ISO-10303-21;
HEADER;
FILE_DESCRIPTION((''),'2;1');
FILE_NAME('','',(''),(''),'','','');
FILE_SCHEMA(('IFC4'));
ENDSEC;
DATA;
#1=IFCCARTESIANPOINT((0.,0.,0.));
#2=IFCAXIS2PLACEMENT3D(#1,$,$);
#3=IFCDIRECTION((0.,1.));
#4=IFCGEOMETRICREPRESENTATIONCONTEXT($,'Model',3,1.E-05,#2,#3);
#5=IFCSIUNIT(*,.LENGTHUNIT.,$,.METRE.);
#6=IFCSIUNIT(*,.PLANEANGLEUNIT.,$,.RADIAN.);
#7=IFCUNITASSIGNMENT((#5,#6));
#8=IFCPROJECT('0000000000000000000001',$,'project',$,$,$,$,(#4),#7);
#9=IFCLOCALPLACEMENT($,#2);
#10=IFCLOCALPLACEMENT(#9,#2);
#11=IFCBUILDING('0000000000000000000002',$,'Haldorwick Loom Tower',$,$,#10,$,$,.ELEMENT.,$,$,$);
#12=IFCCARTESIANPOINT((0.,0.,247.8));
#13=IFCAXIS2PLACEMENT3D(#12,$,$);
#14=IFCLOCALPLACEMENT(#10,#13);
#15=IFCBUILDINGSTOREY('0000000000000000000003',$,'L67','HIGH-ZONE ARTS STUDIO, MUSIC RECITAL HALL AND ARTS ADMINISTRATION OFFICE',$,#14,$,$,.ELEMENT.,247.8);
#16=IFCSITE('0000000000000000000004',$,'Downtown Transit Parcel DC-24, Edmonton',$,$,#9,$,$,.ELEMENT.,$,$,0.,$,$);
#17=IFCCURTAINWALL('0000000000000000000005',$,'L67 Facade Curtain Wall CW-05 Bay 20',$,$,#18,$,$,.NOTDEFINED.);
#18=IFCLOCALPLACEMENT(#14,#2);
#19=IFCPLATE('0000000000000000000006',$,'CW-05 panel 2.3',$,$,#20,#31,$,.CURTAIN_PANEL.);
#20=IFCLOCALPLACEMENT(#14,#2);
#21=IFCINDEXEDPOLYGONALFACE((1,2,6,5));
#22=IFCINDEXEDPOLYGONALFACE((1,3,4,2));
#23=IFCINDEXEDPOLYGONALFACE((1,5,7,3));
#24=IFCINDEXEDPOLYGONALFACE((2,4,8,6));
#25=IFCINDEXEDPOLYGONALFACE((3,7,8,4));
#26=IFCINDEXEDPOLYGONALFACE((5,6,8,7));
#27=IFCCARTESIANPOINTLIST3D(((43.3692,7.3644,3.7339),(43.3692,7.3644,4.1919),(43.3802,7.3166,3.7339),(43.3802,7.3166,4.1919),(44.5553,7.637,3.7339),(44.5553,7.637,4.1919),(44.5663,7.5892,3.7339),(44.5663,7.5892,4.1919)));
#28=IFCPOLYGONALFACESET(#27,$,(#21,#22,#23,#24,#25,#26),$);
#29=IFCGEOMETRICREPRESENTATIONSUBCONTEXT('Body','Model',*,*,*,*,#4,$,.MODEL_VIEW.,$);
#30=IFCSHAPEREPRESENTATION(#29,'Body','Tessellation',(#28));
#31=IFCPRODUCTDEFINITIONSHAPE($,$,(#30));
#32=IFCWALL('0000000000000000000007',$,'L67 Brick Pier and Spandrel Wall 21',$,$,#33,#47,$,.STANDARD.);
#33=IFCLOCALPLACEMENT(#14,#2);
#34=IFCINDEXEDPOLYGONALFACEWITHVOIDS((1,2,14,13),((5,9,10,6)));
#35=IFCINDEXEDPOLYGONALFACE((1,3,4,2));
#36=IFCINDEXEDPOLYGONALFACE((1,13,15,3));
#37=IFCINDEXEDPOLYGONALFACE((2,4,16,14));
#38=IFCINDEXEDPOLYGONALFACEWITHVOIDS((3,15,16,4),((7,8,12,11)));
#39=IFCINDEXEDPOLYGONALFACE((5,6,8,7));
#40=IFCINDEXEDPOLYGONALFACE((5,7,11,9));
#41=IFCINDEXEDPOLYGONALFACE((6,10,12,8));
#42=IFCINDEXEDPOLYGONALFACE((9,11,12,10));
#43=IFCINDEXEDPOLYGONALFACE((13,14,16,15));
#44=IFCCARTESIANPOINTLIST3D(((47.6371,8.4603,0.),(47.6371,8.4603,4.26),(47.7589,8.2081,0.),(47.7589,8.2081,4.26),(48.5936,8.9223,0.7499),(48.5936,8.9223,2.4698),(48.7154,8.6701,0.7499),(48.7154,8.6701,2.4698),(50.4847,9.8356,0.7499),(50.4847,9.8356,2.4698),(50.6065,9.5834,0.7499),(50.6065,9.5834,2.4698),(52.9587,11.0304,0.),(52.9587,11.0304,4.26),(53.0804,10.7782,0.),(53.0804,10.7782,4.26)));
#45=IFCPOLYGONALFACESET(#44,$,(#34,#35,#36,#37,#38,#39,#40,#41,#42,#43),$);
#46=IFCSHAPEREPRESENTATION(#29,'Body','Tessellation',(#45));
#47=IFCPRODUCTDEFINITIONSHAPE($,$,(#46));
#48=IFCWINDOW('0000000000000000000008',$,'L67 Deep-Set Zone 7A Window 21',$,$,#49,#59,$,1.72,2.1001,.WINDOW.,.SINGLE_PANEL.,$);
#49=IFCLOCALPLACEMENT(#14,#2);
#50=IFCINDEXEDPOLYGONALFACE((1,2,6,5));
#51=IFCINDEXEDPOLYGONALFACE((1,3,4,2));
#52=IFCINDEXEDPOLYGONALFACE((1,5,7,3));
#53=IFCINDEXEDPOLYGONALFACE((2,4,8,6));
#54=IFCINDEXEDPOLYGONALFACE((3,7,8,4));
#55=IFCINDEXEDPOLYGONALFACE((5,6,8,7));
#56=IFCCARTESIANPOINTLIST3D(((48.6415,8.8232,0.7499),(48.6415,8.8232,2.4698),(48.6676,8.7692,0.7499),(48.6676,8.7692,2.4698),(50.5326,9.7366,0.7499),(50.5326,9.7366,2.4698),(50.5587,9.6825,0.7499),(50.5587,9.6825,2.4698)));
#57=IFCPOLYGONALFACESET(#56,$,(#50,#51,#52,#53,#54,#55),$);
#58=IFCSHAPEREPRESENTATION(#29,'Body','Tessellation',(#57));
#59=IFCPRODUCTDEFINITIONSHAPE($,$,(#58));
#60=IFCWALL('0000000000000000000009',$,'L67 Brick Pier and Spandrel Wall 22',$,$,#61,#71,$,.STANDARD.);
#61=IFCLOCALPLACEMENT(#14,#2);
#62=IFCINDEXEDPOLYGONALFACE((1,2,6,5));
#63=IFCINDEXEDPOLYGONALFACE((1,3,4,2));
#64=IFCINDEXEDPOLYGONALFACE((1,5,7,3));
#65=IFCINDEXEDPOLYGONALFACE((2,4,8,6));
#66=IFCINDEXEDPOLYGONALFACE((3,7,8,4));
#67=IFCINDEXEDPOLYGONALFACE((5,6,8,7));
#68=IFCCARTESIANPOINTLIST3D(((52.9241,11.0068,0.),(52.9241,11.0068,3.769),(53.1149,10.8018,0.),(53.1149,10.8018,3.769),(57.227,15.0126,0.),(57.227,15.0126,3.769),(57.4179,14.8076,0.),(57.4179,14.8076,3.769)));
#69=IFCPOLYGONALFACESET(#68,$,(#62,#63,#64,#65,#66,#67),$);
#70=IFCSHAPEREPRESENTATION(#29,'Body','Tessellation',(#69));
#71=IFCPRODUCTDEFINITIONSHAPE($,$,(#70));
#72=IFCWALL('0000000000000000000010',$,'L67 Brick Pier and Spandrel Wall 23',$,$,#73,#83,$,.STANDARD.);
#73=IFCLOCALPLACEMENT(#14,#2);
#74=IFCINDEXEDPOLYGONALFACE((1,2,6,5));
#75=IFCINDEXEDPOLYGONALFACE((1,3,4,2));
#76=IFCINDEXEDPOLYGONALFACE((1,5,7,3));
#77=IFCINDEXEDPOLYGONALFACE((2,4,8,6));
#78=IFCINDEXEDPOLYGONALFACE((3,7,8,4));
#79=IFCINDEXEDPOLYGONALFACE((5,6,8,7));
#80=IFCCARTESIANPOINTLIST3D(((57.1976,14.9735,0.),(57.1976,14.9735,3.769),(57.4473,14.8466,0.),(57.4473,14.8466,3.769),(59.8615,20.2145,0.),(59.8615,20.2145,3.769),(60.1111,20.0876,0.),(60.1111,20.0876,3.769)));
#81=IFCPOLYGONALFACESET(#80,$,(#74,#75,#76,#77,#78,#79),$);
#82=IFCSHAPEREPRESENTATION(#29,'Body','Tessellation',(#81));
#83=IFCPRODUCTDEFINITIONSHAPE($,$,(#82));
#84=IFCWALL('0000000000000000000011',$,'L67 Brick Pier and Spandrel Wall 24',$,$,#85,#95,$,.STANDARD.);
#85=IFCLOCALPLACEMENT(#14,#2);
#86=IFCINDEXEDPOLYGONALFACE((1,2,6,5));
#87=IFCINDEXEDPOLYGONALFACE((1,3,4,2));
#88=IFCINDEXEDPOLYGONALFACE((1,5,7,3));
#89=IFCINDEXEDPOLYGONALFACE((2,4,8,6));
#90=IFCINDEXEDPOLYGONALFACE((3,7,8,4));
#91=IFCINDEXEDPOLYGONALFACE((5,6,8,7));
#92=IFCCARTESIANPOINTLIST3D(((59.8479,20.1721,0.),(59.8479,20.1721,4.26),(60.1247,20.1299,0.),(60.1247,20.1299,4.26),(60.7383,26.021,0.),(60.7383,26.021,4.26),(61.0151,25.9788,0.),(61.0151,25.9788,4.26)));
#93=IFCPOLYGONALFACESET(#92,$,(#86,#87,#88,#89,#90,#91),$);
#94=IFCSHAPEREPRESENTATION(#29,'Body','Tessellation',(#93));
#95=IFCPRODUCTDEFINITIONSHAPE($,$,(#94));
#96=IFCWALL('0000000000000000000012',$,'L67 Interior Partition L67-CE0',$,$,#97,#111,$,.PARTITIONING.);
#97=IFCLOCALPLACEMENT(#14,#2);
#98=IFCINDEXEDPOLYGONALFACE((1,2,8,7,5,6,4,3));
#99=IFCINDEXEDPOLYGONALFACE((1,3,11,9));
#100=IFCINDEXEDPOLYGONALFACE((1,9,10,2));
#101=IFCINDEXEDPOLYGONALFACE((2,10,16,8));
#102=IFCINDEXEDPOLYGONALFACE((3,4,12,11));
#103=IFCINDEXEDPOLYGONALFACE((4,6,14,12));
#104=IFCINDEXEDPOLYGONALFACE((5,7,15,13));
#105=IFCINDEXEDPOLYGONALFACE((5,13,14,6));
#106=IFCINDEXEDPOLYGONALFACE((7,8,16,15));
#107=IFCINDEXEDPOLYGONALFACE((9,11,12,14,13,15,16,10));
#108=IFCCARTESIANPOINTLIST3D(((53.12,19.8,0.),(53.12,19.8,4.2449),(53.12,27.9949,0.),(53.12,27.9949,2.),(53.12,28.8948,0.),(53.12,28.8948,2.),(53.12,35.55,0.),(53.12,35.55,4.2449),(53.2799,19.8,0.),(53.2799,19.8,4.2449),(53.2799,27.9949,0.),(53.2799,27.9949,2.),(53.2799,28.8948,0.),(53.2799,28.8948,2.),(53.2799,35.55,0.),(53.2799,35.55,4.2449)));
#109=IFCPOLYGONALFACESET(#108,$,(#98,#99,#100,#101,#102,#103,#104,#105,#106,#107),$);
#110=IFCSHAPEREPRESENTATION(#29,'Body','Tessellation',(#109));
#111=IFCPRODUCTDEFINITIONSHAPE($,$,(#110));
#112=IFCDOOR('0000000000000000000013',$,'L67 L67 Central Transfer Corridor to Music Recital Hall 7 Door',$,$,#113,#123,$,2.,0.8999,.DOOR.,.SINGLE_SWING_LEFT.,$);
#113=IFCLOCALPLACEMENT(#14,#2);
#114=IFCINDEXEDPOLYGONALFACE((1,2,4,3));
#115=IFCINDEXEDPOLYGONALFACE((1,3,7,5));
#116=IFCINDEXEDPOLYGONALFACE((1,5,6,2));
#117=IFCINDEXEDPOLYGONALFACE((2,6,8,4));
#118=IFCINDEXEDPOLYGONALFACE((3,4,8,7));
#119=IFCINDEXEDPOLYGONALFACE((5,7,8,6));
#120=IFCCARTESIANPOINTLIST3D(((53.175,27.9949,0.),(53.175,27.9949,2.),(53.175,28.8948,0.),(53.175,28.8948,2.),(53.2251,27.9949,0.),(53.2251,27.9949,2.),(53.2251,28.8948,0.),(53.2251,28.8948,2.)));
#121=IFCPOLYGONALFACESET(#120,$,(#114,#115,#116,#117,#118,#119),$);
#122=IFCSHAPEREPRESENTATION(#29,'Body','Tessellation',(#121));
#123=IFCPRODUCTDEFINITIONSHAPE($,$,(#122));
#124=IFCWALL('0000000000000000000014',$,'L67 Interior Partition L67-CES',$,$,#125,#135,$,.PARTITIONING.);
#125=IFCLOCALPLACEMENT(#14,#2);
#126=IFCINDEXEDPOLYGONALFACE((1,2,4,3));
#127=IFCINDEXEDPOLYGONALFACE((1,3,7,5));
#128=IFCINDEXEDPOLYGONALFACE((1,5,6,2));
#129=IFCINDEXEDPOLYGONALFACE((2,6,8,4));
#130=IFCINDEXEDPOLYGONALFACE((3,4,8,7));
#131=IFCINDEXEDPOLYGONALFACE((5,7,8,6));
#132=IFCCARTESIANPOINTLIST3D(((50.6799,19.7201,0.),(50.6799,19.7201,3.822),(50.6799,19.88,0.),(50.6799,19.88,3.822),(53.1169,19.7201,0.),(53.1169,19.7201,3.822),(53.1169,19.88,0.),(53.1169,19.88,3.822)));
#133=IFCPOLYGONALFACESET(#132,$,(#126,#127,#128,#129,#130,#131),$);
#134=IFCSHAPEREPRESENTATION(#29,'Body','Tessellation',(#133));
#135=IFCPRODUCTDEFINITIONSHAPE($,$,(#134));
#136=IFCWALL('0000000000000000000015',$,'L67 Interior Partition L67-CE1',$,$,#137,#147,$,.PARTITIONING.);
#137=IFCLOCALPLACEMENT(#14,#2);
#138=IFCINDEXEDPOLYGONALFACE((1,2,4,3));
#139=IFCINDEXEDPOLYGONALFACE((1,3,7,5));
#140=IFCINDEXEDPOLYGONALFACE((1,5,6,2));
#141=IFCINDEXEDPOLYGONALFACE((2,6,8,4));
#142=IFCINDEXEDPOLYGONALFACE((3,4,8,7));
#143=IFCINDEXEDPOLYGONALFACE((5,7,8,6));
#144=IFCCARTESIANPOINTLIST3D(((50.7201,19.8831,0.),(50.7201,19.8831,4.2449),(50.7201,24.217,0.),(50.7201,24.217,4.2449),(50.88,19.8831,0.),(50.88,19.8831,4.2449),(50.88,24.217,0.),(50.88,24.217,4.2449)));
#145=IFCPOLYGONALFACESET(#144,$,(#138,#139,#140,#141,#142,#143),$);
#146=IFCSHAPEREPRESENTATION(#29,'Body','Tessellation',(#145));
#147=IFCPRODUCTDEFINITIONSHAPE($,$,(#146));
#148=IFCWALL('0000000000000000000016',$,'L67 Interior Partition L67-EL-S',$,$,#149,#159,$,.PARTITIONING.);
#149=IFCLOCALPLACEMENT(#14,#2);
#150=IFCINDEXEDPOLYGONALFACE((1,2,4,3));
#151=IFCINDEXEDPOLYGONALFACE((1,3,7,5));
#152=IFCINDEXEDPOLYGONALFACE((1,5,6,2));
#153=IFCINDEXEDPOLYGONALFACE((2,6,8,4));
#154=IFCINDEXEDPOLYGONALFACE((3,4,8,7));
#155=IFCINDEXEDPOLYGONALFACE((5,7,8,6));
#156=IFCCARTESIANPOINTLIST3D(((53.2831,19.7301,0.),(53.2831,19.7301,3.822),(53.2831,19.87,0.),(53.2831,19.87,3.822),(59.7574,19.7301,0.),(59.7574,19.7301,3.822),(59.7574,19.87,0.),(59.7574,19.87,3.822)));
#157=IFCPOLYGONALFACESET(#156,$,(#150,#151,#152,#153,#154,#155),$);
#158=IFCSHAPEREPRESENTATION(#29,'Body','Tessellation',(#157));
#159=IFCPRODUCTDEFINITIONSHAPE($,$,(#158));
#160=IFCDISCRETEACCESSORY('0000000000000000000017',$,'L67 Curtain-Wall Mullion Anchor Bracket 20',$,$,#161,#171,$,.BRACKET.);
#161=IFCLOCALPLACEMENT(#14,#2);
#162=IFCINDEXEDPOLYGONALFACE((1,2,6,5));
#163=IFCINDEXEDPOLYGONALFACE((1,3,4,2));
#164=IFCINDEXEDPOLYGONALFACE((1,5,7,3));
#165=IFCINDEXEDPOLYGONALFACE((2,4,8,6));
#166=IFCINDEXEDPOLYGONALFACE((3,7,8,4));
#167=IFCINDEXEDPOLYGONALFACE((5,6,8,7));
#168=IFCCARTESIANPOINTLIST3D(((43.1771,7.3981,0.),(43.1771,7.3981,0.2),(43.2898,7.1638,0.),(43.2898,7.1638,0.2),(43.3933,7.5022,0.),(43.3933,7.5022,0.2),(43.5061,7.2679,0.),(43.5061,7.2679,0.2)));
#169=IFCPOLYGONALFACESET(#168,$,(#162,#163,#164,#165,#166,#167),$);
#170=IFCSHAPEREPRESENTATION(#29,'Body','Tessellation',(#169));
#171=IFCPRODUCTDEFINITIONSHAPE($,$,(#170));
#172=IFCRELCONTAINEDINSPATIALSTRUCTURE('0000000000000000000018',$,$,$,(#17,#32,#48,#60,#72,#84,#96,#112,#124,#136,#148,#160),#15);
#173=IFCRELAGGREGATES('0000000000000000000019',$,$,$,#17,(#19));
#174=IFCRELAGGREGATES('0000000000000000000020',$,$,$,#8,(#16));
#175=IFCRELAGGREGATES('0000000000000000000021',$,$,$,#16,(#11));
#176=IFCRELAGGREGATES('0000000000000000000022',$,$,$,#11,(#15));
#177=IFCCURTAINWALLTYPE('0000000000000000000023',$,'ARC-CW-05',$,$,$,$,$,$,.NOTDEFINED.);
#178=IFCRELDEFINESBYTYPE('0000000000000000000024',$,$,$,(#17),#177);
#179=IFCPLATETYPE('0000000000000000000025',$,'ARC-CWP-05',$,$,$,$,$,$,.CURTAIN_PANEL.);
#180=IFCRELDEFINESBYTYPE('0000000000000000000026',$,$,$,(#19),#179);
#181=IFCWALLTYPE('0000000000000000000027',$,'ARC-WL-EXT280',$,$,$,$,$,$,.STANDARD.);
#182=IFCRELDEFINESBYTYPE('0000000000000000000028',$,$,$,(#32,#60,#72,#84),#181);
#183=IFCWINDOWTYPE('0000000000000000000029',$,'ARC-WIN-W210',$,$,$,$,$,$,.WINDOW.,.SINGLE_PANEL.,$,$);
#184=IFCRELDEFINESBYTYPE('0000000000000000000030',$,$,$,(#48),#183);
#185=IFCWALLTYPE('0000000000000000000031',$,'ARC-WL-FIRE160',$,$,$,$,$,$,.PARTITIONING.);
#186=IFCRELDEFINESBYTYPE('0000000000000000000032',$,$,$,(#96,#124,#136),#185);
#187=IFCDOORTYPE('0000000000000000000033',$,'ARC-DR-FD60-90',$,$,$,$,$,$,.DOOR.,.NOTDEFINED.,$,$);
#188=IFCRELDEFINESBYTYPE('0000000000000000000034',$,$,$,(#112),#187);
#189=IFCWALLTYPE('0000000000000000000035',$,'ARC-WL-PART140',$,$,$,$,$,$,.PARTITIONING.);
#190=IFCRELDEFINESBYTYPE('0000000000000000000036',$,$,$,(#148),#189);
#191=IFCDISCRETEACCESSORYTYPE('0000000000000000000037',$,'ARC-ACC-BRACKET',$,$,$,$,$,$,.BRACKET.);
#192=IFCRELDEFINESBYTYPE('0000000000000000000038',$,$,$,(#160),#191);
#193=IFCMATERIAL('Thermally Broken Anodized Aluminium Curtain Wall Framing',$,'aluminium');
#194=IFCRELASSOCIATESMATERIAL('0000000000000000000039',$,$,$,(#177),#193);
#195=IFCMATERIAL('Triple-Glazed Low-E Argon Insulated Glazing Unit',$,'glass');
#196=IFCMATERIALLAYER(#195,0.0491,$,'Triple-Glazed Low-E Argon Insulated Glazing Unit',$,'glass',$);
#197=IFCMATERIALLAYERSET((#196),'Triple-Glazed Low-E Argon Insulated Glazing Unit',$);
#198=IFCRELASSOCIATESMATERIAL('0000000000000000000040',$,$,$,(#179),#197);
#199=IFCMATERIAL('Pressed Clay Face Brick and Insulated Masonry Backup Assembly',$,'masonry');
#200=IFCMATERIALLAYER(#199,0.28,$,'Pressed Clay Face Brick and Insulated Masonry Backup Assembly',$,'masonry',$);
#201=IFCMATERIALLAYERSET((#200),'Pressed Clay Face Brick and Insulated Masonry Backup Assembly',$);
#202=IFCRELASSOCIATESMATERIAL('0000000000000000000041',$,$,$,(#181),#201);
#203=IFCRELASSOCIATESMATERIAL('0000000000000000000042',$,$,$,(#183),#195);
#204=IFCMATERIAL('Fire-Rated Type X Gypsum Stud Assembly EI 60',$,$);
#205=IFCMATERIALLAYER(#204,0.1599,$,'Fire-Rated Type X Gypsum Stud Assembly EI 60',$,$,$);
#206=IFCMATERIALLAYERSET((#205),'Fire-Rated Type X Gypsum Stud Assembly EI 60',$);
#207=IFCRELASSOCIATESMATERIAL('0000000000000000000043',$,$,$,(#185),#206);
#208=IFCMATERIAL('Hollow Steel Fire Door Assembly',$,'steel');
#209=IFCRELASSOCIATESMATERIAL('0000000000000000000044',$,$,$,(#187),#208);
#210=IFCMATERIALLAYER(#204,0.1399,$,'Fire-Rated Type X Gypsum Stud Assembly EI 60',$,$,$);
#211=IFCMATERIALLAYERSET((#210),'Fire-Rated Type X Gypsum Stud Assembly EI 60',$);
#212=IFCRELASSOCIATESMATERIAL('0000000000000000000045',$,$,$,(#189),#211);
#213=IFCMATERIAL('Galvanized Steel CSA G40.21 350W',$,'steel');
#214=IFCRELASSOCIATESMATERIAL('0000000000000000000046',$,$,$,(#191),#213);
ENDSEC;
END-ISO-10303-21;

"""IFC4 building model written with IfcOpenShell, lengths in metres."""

from ifc_helpers import new_model, si_unit, direction, frame, frame_2d, origin, origin_2d, place, context, subcontext, project, spatial, rectangle, extrude, material, layer, layer_set, type_object, element, fill, aggregate, save


model = new_model("IFC4")

# Units and contexts
model_context = context("Model", 3, precision=1e-05, world=origin(), true_north=direction((0.0, 1.0)))
body_context = subcontext(model_context, "Body", "Model", "MODEL_VIEW")
ifc_project = project(units=[si_unit("LENGTHUNIT", "METRE"), si_unit("PLANEANGLEUNIT", "RADIAN")], contexts=[model_context])

# Site, building, storey
site_placement = place(None, origin())
site = spatial("IfcSite", under=ifc_project, at=site_placement, Name="Downtown Transit Parcel DC-24, Edmonton", CompositionType="ELEMENT", RefElevation=0.0)
building_placement = place(site_placement, origin())
building = spatial("IfcBuilding", under=site, at=building_placement, Name="Haldorwick Loom Tower", CompositionType="ELEMENT")
storey_placement = place(building_placement, frame((0.0, 0.0, 247.8)))
storey = spatial("IfcBuildingStorey", under=building, at=storey_placement, Name="L67", Description="HIGH-ZONE ARTS STUDIO, MUSIC RECITAL HALL AND ARTS ADMINISTRATION OFFICE", CompositionType="ELEMENT", Elevation=247.8)

# Curtain wall
ifc_material_1 = material(Name="Thermally Broken Anodized Aluminium Curtain Wall Framing", Category="aluminium")
curtain_wall_type = type_object("IfcCurtainWallType", Name="ARC-CW-05", PredefinedType="NOTDEFINED", material=ifc_material_1)
curtain_wall_placement = place(storey_placement, origin())
curtain_wall = element("IfcCurtainWall", 1, at=curtain_wall_placement, inside=storey, type_object=curtain_wall_type, Name="L67 Facade Curtain Wall CW-05 Bay 20", PredefinedType="NOTDEFINED")

# Plate
ifc_material_2 = material(Name="Triple-Glazed Low-E Argon Insulated Glazing Unit", Category="glass")
ifc_layer_1 = layer(ifc_material_2, 0.0491, Name="Triple-Glazed Low-E Argon Insulated Glazing Unit", Category="glass")
ifc_layer_set_1 = layer_set([ifc_layer_1], Name="Triple-Glazed Low-E Argon Insulated Glazing Unit")
plate_type = type_object("IfcPlateType", Name="ARC-CWP-05", PredefinedType="CURTAIN_PANEL", material=ifc_layer_set_1)
plate_1_placement = place(storey_placement, frame((43.9678, 7.4768, 3.7339), z_axis=(0.0, 0.0, 1.0), x_axis=(0.974601, 0.223949, 0.0)))
plate_1 = element("IfcPlate", 2, at=plate_1_placement, type_object=plate_type, Name="CW-05 panel 2.3", PredefinedType="CURTAIN_PANEL", context=body_context, shape_type="SweptSolid", body=[
    extrude(rectangle(XDim=1.217, YDim=0.0491, at=origin_2d()), origin(), (0.0, 0.0, 1.0), 0.458),
])
aggregate(curtain_wall, [plate_1])

# Wall, opening, window
ifc_material_3 = material(Name="Pressed Clay Face Brick and Insulated Masonry Backup Assembly", Category="masonry")
ifc_layer_2 = layer(ifc_material_3, 0.28, Name="Pressed Clay Face Brick and Insulated Masonry Backup Assembly", Category="masonry")
ifc_layer_set_2 = layer_set([ifc_layer_2], Name="Pressed Clay Face Brick and Insulated Masonry Backup Assembly")
wall_type_1 = type_object("IfcWallType", Name="ARC-WL-EXT280", PredefinedType="STANDARD", material=ifc_layer_set_2)
wall_1_placement = place(storey_placement, frame((47.698, 8.3342, 0.0), z_axis=(0.0, 0.0, 1.0), x_axis=(0.900482, 0.434893, 0.0)))
wall_1 = element("IfcWall", 3, at=wall_1_placement, inside=storey, type_object=wall_type_1, Name="L67 Brick Pier and Spandrel Wall 21", PredefinedType="STANDARD", context=body_context, shape_type="SweptSolid", body=[
    extrude(rectangle(XDim=5.9097, YDim=0.28, at=frame_2d((2.9548, 0.0))), origin(), (0.0, 0.0, 1.0), 4.26),
])
opening_1_placement = place(wall_1_placement, frame((1.0623, 0.0, 0.75)))
opening_1 = element("IfcOpeningElement", 4, at=opening_1_placement, cuts=wall_1, PredefinedType="OPENING", context=body_context, shape_type="SweptSolid", body=[
    extrude(rectangle(XDim=2.1001, YDim=1.72, at=frame_2d((1.05, 0.8599))), frame((0.0, 0.1499, 0.0), z_axis=(0.0, -1.0, 0.0), x_axis=(1.0, 0.0, 0.0)), (0.0, 0.0, 1.0), 0.3),
])
window_type = type_object("IfcWindowType", Name="ARC-WIN-W210", PartitioningType="SINGLE_PANEL", PredefinedType="WINDOW", material=ifc_material_2)
window_placement = place(opening_1_placement, origin())
window = element("IfcWindow", 5, at=window_placement, inside=storey, type_object=window_type, Name="L67 Deep-Set Zone 7A Window 21", OverallHeight=1.72, OverallWidth=2.1001, PartitioningType="SINGLE_PANEL", PredefinedType="WINDOW", context=body_context, shape_type="SweptSolid", body=[
    extrude(rectangle(XDim=2.1001, YDim=1.72, at=frame_2d((1.05, 0.8599))), frame((0.0, 0.03, 0.0), z_axis=(0.0, -1.0, 0.0), x_axis=(1.0, 0.0, 0.0)), (0.0, 0.0, 1.0), 0.0601),
])
fill(opening_1, window)

# Walls
wall_2_placement = place(storey_placement, frame((53.0195, 10.9043, 0.0), z_axis=(0.0, 0.0, 1.0), x_axis=(0.731925, 0.681386, 0.0)))
element("IfcWall", 6, at=wall_2_placement, inside=storey, type_object=wall_type_1, Name="L67 Brick Pier and Spandrel Wall 22", PredefinedType="STANDARD", context=body_context, shape_type="SweptSolid", body=[
    extrude(rectangle(XDim=5.8789, YDim=0.28, at=frame_2d((2.9395, 0.0))), origin(), (0.0, 0.0, 1.0), 3.769),
])
wall_3_placement = place(storey_placement, frame((57.3225, 14.9102, 0.0), z_axis=(0.0, 0.0, 1.0), x_axis=(0.453101, 0.891459, 0.0)))
element("IfcWall", 7, at=wall_3_placement, inside=storey, type_object=wall_type_1, Name="L67 Brick Pier and Spandrel Wall 23", PredefinedType="STANDARD", context=body_context, shape_type="SweptSolid", body=[
    extrude(rectangle(XDim=5.8792, YDim=0.28, at=frame_2d((2.9395, 0.0))), origin(), (0.0, 0.0, 1.0), 3.769),
])
wall_4_placement = place(storey_placement, frame((59.9863, 20.1511, 0.0), z_axis=(0.0, 0.0, 1.0), x_axis=(0.150497, 0.98861, 0.0)))
element("IfcWall", 8, at=wall_4_placement, inside=storey, type_object=wall_type_1, Name="L67 Brick Pier and Spandrel Wall 24", PredefinedType="STANDARD", context=body_context, shape_type="SweptSolid", body=[
    extrude(rectangle(XDim=5.9163, YDim=0.28, at=frame_2d((2.958, 0.0))), origin(), (0.0, 0.0, 1.0), 4.26),
])

# Wall, opening, door
ifc_material_4 = material(Name="Fire-Rated Type X Gypsum Stud Assembly EI 60")
ifc_layer_3 = layer(ifc_material_4, 0.1599, Name="Fire-Rated Type X Gypsum Stud Assembly EI 60")
ifc_layer_set_3 = layer_set([ifc_layer_3], Name="Fire-Rated Type X Gypsum Stud Assembly EI 60")
wall_type_2 = type_object("IfcWallType", Name="ARC-WL-FIRE160", PredefinedType="PARTITIONING", material=ifc_layer_set_3)
wall_5_placement = place(storey_placement, frame((53.2, 19.8, 0.0), z_axis=(0.0, 0.0, 1.0), x_axis=(0.0, 1.0, 0.0)))
wall_5 = element("IfcWall", 9, at=wall_5_placement, inside=storey, type_object=wall_type_2, Name="L67 Interior Partition L67-CE0", PredefinedType="PARTITIONING", context=body_context, shape_type="SweptSolid", body=[
    extrude(rectangle(XDim=15.75, YDim=0.1599, at=frame_2d((7.875, 0.0))), origin(), (0.0, 0.0, 1.0), 4.2449),
])
opening_2_placement = place(wall_5_placement, frame((8.1948, 0.0, 0.0)))
opening_2 = element("IfcOpeningElement", 10, at=opening_2_placement, cuts=wall_5, PredefinedType="OPENING", context=body_context, shape_type="SweptSolid", body=[
    extrude(rectangle(XDim=0.8999, YDim=2.0, at=frame_2d((0.45, 1.0))), frame((0.0, 0.0898, 0.0), z_axis=(0.0, -1.0, 0.0), x_axis=(1.0, 0.0, 0.0)), (0.0, 0.0, 1.0), 0.1799),
])
ifc_material_5 = material(Name="Hollow Steel Fire Door Assembly", Category="steel")
door_type = type_object("IfcDoorType", Name="ARC-DR-FD60-90", OperationType="NOTDEFINED", PredefinedType="DOOR", material=ifc_material_5)
door_placement = place(opening_2_placement, origin())
door = element("IfcDoor", 11, at=door_placement, inside=storey, type_object=door_type, Name="L67 L67 Central Transfer Corridor to Music Recital Hall 7 Door", OperationType="SINGLE_SWING_LEFT", OverallHeight=2.0, OverallWidth=0.8999, PredefinedType="DOOR", context=body_context, shape_type="SweptSolid", body=[
    extrude(rectangle(XDim=0.8999, YDim=2.0, at=frame_2d((0.45, 1.0))), frame((0.0, 0.0249, 0.0), z_axis=(0.0, -1.0, 0.0), x_axis=(1.0, 0.0, 0.0)), (0.0, 0.0, 1.0), 0.05),
])
fill(opening_2, door)

# Walls
wall_6_placement = place(storey_placement, frame((50.6799, 19.8, 0.0), z_axis=(0.0, 0.0, 1.0), x_axis=(1.0, 0.0, 0.0)))
element("IfcWall", 12, at=wall_6_placement, inside=storey, type_object=wall_type_2, Name="L67 Interior Partition L67-CES", PredefinedType="PARTITIONING", context=body_context, shape_type="SweptSolid", body=[
    extrude(rectangle(XDim=2.437, YDim=0.1599, at=frame_2d((1.2185, 0.0))), origin(), (0.0, 0.0, 1.0), 3.822),
])
wall_7_placement = place(storey_placement, frame((50.8, 19.8831, 0.0), z_axis=(0.0, 0.0, 1.0), x_axis=(0.0, 1.0, 0.0)))
element("IfcWall", 13, at=wall_7_placement, inside=storey, type_object=wall_type_2, Name="L67 Interior Partition L67-CE1", PredefinedType="PARTITIONING", context=body_context, shape_type="SweptSolid", body=[
    extrude(rectangle(XDim=4.334, YDim=0.1599, at=frame_2d((2.167, 0.0))), origin(), (0.0, 0.0, 1.0), 4.2449),
])
ifc_layer_4 = layer(ifc_material_4, 0.1399, Name="Fire-Rated Type X Gypsum Stud Assembly EI 60")
ifc_layer_set_4 = layer_set([ifc_layer_4], Name="Fire-Rated Type X Gypsum Stud Assembly EI 60")
wall_type_3 = type_object("IfcWallType", Name="ARC-WL-PART140", PredefinedType="PARTITIONING", material=ifc_layer_set_4)
wall_8_placement = place(storey_placement, frame((53.283, 19.8, 0.0), z_axis=(0.0, 0.0, 1.0), x_axis=(1.0, 0.0, 0.0)))
element("IfcWall", 14, at=wall_8_placement, inside=storey, type_object=wall_type_3, Name="L67 Interior Partition L67-EL-S", PredefinedType="PARTITIONING", context=body_context, shape_type="SweptSolid", body=[
    extrude(rectangle(XDim=6.4744, YDim=0.1399, at=frame_2d((3.2373, 0.0))), origin(), (0.0, 0.0, 1.0), 3.822),
])

# Discrete accessory
ifc_material_6 = material(Name="Galvanized Steel CSA G40.21 350W", Category="steel")
discrete_accessory_type = type_object("IfcDiscreteAccessoryType", Name="ARC-ACC-BRACKET", PredefinedType="BRACKET", material=ifc_material_6)
discrete_accessory_placement = place(storey_placement, frame((43.3416, 7.333, 0.0), z_axis=(0.0, 0.0, 1.0), x_axis=(0.433659, -0.901077, 0.0)))
element("IfcDiscreteAccessory", 15, at=discrete_accessory_placement, inside=storey, type_object=discrete_accessory_type, Name="L67 Curtain-Wall Mullion Anchor Bracket 20", PredefinedType="BRACKET", context=body_context, shape_type="SweptSolid", body=[
    extrude(rectangle(XDim=0.26, YDim=0.24, at=origin_2d()), origin(), (0.0, 0.0, 1.0), 0.2),
])

save(model, "model.ifc")
